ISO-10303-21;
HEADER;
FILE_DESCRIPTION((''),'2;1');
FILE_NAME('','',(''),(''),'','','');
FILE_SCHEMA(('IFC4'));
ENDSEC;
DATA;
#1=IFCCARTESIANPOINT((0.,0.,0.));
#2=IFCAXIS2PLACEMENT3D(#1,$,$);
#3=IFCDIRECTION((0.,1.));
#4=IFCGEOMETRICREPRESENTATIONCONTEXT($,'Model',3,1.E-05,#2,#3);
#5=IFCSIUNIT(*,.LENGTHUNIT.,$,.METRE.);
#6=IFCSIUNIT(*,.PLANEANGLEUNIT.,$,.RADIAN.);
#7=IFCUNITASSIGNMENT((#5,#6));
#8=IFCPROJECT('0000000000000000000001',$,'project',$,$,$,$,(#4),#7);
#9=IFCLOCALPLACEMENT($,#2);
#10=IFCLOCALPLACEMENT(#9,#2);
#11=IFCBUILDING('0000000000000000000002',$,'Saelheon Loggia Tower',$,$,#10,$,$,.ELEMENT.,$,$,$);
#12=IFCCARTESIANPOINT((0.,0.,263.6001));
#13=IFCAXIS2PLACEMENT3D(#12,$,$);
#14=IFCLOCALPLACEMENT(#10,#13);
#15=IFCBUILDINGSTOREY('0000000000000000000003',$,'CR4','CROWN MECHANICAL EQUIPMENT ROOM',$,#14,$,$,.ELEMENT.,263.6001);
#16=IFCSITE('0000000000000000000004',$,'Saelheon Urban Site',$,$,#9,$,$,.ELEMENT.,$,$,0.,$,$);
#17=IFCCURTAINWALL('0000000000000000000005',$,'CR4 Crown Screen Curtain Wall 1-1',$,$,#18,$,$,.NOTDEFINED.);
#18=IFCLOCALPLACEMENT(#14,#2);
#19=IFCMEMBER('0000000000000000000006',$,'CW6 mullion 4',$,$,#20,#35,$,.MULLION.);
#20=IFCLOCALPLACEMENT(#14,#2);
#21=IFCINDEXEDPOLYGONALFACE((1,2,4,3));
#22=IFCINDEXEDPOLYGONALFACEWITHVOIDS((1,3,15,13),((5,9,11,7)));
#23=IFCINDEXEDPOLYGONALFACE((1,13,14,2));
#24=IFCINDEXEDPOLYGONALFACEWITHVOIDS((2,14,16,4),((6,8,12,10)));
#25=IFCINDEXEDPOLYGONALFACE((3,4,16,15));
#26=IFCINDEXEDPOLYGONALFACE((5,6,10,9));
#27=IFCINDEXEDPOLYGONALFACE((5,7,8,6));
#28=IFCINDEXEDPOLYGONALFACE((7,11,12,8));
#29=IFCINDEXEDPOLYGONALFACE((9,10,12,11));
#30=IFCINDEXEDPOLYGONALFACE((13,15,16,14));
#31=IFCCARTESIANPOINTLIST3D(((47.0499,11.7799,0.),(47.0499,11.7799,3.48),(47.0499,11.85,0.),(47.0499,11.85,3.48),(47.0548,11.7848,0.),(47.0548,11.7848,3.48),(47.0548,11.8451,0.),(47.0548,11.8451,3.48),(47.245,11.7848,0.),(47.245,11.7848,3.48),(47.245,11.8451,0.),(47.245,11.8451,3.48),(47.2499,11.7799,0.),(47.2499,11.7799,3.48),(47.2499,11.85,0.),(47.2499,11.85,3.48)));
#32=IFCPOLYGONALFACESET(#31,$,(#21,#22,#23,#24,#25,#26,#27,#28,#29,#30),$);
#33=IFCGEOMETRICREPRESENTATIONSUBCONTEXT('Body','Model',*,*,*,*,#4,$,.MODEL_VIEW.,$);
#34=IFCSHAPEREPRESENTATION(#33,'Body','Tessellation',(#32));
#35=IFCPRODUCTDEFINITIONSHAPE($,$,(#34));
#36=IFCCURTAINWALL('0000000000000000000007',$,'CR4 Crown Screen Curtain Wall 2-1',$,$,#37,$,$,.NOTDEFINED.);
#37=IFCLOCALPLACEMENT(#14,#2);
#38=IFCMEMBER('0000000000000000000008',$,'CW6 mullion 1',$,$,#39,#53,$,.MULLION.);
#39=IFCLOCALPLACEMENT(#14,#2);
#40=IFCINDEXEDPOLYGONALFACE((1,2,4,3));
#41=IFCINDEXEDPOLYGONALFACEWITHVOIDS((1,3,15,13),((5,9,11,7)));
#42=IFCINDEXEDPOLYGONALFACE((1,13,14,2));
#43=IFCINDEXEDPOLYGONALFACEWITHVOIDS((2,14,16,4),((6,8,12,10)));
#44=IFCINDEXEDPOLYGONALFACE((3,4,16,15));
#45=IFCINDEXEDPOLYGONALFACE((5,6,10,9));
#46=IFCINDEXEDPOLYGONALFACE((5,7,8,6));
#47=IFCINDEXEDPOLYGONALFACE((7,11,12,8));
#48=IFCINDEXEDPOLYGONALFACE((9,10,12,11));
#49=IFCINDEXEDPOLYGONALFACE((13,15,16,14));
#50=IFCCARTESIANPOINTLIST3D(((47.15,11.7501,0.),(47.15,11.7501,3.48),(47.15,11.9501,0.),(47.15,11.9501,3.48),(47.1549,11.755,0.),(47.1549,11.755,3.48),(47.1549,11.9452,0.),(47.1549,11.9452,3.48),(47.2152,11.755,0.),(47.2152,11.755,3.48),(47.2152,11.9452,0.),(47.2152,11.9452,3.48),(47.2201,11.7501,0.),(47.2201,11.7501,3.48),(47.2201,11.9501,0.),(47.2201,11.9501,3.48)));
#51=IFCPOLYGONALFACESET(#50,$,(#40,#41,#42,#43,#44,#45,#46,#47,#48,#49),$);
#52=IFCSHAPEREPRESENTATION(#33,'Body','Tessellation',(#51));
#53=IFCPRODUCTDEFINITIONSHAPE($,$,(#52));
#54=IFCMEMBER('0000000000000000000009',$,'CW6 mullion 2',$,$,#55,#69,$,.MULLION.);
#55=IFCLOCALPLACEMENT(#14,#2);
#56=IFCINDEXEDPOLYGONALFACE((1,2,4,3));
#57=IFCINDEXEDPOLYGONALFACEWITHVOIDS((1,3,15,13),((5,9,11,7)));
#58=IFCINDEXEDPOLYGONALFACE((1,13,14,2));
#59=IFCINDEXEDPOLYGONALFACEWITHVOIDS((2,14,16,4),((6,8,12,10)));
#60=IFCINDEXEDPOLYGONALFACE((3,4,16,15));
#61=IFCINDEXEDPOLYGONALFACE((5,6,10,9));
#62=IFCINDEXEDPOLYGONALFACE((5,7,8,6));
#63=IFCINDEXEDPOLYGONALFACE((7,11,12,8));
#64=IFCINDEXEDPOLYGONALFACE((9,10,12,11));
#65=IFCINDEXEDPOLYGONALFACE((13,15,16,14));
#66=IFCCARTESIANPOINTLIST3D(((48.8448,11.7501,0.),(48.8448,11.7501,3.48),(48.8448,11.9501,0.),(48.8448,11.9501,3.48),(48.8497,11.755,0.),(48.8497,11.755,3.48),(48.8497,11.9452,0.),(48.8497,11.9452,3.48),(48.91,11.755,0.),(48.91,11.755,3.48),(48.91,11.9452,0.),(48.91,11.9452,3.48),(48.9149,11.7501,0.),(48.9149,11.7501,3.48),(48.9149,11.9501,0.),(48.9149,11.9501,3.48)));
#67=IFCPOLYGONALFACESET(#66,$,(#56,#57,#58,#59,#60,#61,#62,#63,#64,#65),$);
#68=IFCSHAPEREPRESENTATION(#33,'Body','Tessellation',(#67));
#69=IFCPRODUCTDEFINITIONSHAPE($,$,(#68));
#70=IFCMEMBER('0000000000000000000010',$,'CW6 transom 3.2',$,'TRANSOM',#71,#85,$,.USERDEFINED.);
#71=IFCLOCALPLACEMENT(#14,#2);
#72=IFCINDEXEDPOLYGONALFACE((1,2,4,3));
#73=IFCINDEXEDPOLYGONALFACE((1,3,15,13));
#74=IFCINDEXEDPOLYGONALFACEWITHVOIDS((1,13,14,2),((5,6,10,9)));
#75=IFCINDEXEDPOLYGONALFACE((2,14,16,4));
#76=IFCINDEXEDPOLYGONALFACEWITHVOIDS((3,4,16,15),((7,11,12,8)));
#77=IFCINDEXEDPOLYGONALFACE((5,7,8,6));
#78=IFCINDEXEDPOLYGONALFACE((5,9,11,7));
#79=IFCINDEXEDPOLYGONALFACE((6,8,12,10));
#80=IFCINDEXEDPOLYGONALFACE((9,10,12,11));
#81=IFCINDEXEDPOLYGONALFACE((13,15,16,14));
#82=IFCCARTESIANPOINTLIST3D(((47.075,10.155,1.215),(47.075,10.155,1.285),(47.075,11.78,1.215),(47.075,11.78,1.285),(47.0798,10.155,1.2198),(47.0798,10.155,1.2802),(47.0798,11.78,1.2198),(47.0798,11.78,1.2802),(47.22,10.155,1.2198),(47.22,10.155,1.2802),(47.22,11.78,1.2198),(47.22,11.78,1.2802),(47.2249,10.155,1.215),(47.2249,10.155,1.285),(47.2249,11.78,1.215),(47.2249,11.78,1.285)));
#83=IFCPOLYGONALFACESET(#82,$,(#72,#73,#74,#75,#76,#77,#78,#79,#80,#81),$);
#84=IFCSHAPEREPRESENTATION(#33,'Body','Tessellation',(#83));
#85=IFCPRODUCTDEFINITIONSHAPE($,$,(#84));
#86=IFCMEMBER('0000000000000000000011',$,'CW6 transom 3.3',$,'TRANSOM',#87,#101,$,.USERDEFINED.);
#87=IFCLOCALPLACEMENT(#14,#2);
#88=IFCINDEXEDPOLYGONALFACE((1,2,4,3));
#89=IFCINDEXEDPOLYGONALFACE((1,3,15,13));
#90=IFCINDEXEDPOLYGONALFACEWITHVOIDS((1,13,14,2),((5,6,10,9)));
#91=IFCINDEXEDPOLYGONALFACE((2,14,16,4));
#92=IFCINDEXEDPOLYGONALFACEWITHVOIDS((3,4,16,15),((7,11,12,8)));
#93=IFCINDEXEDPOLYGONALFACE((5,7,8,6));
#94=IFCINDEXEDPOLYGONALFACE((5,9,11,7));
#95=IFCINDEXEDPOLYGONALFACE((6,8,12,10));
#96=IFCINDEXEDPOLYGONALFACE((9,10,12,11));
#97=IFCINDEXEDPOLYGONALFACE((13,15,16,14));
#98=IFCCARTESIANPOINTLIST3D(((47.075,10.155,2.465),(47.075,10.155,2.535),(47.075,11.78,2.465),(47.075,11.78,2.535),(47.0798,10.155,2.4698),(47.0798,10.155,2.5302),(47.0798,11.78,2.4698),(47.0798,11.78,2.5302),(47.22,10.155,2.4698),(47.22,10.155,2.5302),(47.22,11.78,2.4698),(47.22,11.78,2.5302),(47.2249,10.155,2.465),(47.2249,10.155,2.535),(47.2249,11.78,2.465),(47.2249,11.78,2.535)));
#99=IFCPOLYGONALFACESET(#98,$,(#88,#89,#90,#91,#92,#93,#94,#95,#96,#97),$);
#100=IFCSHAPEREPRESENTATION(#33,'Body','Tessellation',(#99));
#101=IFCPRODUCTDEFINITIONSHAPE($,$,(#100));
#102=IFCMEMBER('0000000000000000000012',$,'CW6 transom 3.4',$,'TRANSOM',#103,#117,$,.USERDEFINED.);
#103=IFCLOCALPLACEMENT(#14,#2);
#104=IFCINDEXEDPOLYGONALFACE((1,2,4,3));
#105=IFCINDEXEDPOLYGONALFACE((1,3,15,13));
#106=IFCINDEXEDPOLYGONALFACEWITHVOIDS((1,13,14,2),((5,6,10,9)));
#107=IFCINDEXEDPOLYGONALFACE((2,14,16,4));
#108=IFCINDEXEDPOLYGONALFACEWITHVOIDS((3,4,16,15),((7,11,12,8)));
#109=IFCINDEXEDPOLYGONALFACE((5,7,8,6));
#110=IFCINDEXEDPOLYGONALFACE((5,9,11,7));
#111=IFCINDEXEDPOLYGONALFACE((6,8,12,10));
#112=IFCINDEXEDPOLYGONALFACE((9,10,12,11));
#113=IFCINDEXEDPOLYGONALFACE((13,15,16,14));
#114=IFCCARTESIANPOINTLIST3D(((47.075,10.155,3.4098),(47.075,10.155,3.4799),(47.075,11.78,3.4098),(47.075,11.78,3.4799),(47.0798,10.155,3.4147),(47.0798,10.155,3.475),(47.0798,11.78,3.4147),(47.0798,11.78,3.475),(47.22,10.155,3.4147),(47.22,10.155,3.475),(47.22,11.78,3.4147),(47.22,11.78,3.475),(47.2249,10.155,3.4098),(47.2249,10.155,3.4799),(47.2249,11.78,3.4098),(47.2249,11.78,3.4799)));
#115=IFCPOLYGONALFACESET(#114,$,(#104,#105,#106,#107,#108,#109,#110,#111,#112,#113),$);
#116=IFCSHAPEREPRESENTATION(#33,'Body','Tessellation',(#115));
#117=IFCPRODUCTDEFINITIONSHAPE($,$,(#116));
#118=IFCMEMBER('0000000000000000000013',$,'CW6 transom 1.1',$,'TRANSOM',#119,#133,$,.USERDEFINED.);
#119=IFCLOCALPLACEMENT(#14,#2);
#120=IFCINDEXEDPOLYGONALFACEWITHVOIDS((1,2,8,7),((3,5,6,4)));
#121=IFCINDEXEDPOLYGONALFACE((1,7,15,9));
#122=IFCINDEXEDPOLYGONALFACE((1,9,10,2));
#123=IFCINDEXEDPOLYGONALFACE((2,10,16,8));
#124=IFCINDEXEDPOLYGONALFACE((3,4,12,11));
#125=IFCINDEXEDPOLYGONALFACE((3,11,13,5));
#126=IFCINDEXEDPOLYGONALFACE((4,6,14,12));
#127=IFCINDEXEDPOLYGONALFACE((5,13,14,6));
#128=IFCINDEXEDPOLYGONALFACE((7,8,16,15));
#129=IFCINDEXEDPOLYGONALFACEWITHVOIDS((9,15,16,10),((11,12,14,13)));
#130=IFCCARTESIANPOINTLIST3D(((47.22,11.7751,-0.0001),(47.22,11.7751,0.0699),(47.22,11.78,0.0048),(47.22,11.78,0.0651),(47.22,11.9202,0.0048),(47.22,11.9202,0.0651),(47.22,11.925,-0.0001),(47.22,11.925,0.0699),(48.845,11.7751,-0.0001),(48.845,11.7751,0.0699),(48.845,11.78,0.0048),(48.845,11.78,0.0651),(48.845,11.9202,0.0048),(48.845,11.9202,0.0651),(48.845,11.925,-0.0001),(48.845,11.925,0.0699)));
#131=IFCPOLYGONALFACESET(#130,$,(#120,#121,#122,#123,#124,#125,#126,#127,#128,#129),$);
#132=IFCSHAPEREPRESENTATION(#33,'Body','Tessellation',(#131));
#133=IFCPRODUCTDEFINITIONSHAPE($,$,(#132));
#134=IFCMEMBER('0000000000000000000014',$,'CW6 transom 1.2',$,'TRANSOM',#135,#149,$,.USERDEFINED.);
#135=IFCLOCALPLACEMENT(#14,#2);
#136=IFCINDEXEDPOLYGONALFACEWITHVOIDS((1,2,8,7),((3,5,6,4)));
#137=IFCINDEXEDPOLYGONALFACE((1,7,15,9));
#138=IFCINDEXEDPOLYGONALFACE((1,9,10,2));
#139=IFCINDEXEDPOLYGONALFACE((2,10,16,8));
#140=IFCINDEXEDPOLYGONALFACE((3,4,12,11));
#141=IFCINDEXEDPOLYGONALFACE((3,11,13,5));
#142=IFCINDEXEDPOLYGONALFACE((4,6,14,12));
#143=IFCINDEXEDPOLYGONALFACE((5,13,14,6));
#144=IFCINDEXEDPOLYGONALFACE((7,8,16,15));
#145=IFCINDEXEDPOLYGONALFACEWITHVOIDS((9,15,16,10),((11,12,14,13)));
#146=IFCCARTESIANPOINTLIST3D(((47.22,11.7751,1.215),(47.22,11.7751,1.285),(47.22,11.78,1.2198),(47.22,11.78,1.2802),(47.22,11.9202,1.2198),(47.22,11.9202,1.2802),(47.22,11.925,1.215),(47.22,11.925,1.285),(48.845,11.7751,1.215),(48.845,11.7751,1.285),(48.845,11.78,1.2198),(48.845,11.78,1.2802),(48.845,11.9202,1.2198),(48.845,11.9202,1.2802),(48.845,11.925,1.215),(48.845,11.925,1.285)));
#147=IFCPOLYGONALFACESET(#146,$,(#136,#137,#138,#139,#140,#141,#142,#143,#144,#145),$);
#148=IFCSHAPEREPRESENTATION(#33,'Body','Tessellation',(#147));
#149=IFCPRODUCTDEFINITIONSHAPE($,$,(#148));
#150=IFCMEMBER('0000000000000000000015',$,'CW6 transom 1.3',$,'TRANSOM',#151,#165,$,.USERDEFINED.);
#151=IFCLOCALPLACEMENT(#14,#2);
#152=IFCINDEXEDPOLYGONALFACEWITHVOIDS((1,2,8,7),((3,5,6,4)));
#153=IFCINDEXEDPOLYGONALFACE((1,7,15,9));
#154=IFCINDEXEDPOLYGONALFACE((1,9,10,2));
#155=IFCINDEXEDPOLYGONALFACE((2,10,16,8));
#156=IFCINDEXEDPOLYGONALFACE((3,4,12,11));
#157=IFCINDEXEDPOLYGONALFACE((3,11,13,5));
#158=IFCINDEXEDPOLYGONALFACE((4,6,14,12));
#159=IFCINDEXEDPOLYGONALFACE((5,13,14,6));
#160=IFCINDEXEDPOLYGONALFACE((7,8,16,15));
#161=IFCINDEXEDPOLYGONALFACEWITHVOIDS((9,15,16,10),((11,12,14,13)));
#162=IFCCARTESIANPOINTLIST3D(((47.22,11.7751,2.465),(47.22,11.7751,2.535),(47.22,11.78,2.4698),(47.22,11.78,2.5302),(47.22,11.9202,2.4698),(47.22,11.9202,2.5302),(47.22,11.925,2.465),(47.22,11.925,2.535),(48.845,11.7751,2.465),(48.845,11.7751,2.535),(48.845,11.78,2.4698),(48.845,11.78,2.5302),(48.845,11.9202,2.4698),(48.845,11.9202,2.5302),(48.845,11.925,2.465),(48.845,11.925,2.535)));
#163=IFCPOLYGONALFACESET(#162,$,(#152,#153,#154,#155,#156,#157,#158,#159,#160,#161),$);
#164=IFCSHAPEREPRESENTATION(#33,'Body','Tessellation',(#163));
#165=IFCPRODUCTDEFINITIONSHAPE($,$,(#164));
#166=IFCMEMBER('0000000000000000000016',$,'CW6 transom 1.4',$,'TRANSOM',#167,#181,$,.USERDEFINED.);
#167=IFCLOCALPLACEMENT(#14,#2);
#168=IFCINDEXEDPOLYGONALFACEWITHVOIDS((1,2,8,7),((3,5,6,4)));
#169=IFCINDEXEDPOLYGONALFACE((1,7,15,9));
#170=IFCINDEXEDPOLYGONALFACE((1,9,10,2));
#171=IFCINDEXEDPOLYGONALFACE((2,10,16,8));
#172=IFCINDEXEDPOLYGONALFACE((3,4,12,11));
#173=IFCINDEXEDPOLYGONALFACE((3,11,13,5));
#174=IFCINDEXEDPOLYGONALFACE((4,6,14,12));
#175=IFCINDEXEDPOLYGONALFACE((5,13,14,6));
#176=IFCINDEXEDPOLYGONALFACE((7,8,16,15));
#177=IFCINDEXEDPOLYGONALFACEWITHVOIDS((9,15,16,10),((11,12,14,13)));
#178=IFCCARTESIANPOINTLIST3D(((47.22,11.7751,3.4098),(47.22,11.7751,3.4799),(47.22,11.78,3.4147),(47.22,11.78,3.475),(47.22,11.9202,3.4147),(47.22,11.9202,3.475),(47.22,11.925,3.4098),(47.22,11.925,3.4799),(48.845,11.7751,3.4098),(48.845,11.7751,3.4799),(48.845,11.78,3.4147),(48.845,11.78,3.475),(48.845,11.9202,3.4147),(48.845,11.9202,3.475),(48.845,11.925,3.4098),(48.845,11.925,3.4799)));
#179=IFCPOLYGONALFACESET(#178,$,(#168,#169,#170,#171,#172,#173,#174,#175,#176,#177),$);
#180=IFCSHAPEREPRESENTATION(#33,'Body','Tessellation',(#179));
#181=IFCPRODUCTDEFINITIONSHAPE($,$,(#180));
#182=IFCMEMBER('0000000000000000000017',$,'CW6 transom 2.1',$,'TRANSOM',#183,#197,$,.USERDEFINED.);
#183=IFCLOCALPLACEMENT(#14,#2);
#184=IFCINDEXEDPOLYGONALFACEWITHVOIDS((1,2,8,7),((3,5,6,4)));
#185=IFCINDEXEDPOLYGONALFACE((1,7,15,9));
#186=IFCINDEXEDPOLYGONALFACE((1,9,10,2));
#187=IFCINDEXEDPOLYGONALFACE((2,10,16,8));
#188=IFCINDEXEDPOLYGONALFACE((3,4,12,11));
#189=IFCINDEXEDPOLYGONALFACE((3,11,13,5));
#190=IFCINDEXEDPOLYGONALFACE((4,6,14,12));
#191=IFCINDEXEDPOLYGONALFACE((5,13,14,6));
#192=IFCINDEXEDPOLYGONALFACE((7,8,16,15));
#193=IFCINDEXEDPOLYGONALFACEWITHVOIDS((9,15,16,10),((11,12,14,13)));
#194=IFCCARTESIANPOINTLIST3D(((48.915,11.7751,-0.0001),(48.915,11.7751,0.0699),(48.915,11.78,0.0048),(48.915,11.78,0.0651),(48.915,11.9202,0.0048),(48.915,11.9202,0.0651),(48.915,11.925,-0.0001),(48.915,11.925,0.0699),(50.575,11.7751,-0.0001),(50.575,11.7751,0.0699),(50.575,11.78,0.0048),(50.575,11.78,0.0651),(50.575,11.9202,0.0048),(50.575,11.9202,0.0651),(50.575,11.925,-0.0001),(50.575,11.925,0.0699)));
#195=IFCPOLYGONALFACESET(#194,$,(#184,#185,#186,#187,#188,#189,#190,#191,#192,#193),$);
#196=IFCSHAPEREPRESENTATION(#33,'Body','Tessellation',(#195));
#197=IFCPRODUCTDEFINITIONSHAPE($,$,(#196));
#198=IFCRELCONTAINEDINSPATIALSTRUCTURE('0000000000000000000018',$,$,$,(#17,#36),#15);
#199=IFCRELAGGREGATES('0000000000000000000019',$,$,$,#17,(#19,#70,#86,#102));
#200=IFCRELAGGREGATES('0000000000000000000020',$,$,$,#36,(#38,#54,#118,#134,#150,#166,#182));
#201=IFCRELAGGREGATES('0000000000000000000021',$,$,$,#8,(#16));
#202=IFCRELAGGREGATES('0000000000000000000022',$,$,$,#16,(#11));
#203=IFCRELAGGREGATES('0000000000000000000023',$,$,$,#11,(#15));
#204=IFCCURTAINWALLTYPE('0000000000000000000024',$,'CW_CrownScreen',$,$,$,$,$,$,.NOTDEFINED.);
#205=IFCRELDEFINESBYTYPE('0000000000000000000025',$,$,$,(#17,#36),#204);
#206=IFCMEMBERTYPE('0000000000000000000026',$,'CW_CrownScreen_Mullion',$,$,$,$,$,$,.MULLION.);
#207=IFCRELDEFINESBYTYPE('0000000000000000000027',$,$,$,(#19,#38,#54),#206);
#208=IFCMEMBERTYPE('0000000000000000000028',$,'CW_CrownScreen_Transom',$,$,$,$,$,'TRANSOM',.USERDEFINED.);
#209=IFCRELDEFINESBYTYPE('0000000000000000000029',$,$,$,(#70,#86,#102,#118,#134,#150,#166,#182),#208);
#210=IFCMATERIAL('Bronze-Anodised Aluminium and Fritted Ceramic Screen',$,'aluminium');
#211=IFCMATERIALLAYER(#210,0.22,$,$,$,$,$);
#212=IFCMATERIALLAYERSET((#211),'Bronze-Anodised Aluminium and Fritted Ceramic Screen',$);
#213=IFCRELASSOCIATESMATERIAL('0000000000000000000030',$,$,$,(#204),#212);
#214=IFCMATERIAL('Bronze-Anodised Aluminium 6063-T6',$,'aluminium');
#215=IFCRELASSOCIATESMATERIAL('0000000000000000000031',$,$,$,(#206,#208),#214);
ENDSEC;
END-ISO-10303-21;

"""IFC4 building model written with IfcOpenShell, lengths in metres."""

from ifc_helpers import new_model, si_unit, direction, frame, origin, origin_2d, place, context, subcontext, project, spatial, hollow_rectangle, extrude, source, transform, mapped, material, layer, layer_set, material_profile, profile_set, type_object, element, aggregate, save


model = new_model("IFC4")

# Units and contexts
model_context = context("Model", 3, precision=1e-05, world=origin(), true_north=direction((0.0, 1.0)))
body_context = subcontext(model_context, "Body", "Model", "MODEL_VIEW")
ifc_project = project(units=[si_unit("LENGTHUNIT", "METRE"), si_unit("PLANEANGLEUNIT", "RADIAN")], contexts=[model_context])

# Site, building, storey
site_placement = place(None, origin())
site = spatial("IfcSite", under=ifc_project, at=site_placement, Name="Saelheon Urban Site", CompositionType="ELEMENT", RefElevation=0.0)
building_placement = place(site_placement, origin())
building = spatial("IfcBuilding", under=site, at=building_placement, Name="Saelheon Loggia Tower", CompositionType="ELEMENT")
storey_placement = place(building_placement, frame((0.0, 0.0, 263.6001)))
storey = spatial("IfcBuildingStorey", under=building, at=storey_placement, Name="CR4", Description="CROWN MECHANICAL EQUIPMENT ROOM", CompositionType="ELEMENT", Elevation=263.6001)

# Curtain wall, member
ifc_material_1 = material(Name="Bronze-Anodised Aluminium and Fritted Ceramic Screen", Category="aluminium")
ifc_layer_1 = layer(ifc_material_1, 0.22)
ifc_layer_set_1 = layer_set([ifc_layer_1], Name="Bronze-Anodised Aluminium and Fritted Ceramic Screen")
curtain_wall_type = type_object("IfcCurtainWallType", Name="CW_CrownScreen", PredefinedType="NOTDEFINED", material=ifc_layer_set_1)
curtain_wall_1_placement = place(storey_placement, origin())
curtain_wall_1 = element("IfcCurtainWall", 1, at=curtain_wall_1_placement, inside=storey, type_object=curtain_wall_type, Name="CR4 Crown Screen Curtain Wall 1-1", PredefinedType="NOTDEFINED")
ifc_material_2 = material(Name="Bronze-Anodised Aluminium 6063-T6", Category="aluminium")
ifc_material_profile_1 = material_profile(ifc_material_2, hollow_rectangle(XDim=0.0701, YDim=0.2, WallThickness=0.0049, at=origin_2d()), Name="RHS-200x70x5")
ifc_profile_set_1 = profile_set([ifc_material_profile_1], Name="Bronze-Anodised Aluminium 6063-T6")
member_type_1 = type_object("IfcMemberType", Name="CW_CrownScreen_Mullion", PredefinedType="MULLION", material=ifc_profile_set_1)
shared_shape_1 = source(origin(), body_context, "Body", "SweptSolid", [
    extrude(hollow_rectangle(XDim=0.0701, YDim=0.2, WallThickness=0.0049, at=origin_2d()), origin(), (0.0, 0.0, 1.0), 3.48),
])
member_1_placement = place(storey_placement, frame((47.1499, 11.8149, 0.0), z_axis=(0.0, 0.0, 1.0), x_axis=(0.0, 1.0, 0.0)))
member_1 = element("IfcMember", 2, at=member_1_placement, type_object=member_type_1, Name="CW6 mullion 4", PredefinedType="MULLION", context=body_context, shape_type="MappedRepresentation", body=[
    mapped(shared_shape_1, transform((0.0, 0.0, 0.0), scale=1.0)),
])

# Curtain wall, members
curtain_wall_2_placement = place(storey_placement, origin())
curtain_wall_2 = element("IfcCurtainWall", 3, at=curtain_wall_2_placement, inside=storey, type_object=curtain_wall_type, Name="CR4 Crown Screen Curtain Wall 2-1", PredefinedType="NOTDEFINED")
member_2_placement = place(storey_placement, frame((47.1851, 11.8501, 0.0), z_axis=(0.0, 0.0, 1.0), x_axis=(1.0, 0.0, 0.0)))
member_2 = element("IfcMember", 4, at=member_2_placement, type_object=member_type_1, Name="CW6 mullion 1", PredefinedType="MULLION", context=body_context, shape_type="MappedRepresentation", body=[
    mapped(shared_shape_1, transform((0.0, 0.0, 0.0), scale=1.0)),
])
member_3_placement = place(storey_placement, frame((48.8799, 11.8501, 0.0), z_axis=(0.0, 0.0, 1.0), x_axis=(1.0, 0.0, 0.0)))
member_3 = element("IfcMember", 5, at=member_3_placement, type_object=member_type_1, Name="CW6 mullion 2", PredefinedType="MULLION", context=body_context, shape_type="MappedRepresentation", body=[
    mapped(shared_shape_1, transform((0.0, 0.0, 0.0), scale=1.0)),
])

# Members
ifc_material_profile_2 = material_profile(ifc_material_2, hollow_rectangle(XDim=0.0701, YDim=0.1499, WallThickness=0.0049, at=origin_2d()), Name="RHS-150x70x5")
ifc_profile_set_2 = profile_set([ifc_material_profile_2], Name="Bronze-Anodised Aluminium 6063-T6")
member_type_2 = type_object("IfcMemberType", Name="CW_CrownScreen_Transom", ElementType="TRANSOM", PredefinedType="USERDEFINED", material=ifc_profile_set_2)
shared_shape_2 = source(origin(), body_context, "Body", "SweptSolid", [
    extrude(hollow_rectangle(XDim=0.0701, YDim=0.1499, WallThickness=0.0049, at=origin_2d()), origin(), (0.0, 0.0, 1.0), 1.625),
])
member_4_placement = place(storey_placement, frame((47.1499, 10.155, 1.25), z_axis=(0.0, 1.0, 0.0), x_axis=(0.0, 0.0, 1.0)))
member_4 = element("IfcMember", 6, at=member_4_placement, type_object=member_type_2, Name="CW6 transom 3.2", ObjectType="TRANSOM", PredefinedType="USERDEFINED", context=body_context, shape_type="MappedRepresentation", body=[
    mapped(shared_shape_2, transform((0.0, 0.0, 0.0), scale=1.0)),
])
member_5_placement = place(storey_placement, frame((47.1499, 10.155, 2.5), z_axis=(0.0, 1.0, 0.0), x_axis=(0.0, 0.0, 1.0)))
member_5 = element("IfcMember", 7, at=member_5_placement, type_object=member_type_2, Name="CW6 transom 3.3", ObjectType="TRANSOM", PredefinedType="USERDEFINED", context=body_context, shape_type="MappedRepresentation", body=[
    mapped(shared_shape_2, transform((0.0, 0.0, 0.0), scale=1.0)),
])
member_6_placement = place(storey_placement, frame((47.1499, 10.155, 3.4448), z_axis=(0.0, 1.0, 0.0), x_axis=(0.0, 0.0, 1.0)))
member_6 = element("IfcMember", 8, at=member_6_placement, type_object=member_type_2, Name="CW6 transom 3.4", ObjectType="TRANSOM", PredefinedType="USERDEFINED", context=body_context, shape_type="MappedRepresentation", body=[
    mapped(shared_shape_2, transform((0.0, 0.0, 0.0), scale=1.0)),
])
member_7_placement = place(storey_placement, frame((47.22, 11.8501, 0.0349), z_axis=(1.0, 0.0, 0.0), x_axis=(0.0, 0.0, 1.0)))
member_7 = element("IfcMember", 9, at=member_7_placement, type_object=member_type_2, Name="CW6 transom 1.1", ObjectType="TRANSOM", PredefinedType="USERDEFINED", context=body_context, shape_type="MappedRepresentation", body=[
    mapped(shared_shape_2, transform((0.0, 0.0, 0.0), scale=1.0)),
])
member_8_placement = place(storey_placement, frame((47.22, 11.8501, 1.25), z_axis=(1.0, 0.0, 0.0), x_axis=(0.0, 0.0, 1.0)))
member_8 = element("IfcMember", 10, at=member_8_placement, type_object=member_type_2, Name="CW6 transom 1.2", ObjectType="TRANSOM", PredefinedType="USERDEFINED", context=body_context, shape_type="MappedRepresentation", body=[
    mapped(shared_shape_2, transform((0.0, 0.0, 0.0), scale=1.0)),
])
member_9_placement = place(storey_placement, frame((47.22, 11.8501, 2.5), z_axis=(1.0, 0.0, 0.0), x_axis=(0.0, 0.0, 1.0)))
member_9 = element("IfcMember", 11, at=member_9_placement, type_object=member_type_2, Name="CW6 transom 1.3", ObjectType="TRANSOM", PredefinedType="USERDEFINED", context=body_context, shape_type="MappedRepresentation", body=[
    mapped(shared_shape_2, transform((0.0, 0.0, 0.0), scale=1.0)),
])
member_10_placement = place(storey_placement, frame((47.22, 11.8501, 3.4448), z_axis=(1.0, 0.0, 0.0), x_axis=(0.0, 0.0, 1.0)))
member_10 = element("IfcMember", 12, at=member_10_placement, type_object=member_type_2, Name="CW6 transom 1.4", ObjectType="TRANSOM", PredefinedType="USERDEFINED", context=body_context, shape_type="MappedRepresentation", body=[
    mapped(shared_shape_2, transform((0.0, 0.0, 0.0), scale=1.0)),
])
shared_shape_3 = source(origin(), body_context, "Body", "SweptSolid", [
    extrude(hollow_rectangle(XDim=0.0701, YDim=0.1499, WallThickness=0.0049, at=origin_2d()), origin(), (0.0, 0.0, 1.0), 1.6599),
])
member_11_placement = place(storey_placement, frame((48.915, 11.8501, 0.0349), z_axis=(1.0, 0.0, 0.0), x_axis=(0.0, 0.0, 1.0)))
member_11 = element("IfcMember", 13, at=member_11_placement, type_object=member_type_2, Name="CW6 transom 2.1", ObjectType="TRANSOM", PredefinedType="USERDEFINED", context=body_context, shape_type="MappedRepresentation", body=[
    mapped(shared_shape_3, transform((0.0, 0.0, 0.0), scale=1.0)),
])

aggregate(curtain_wall_1, [member_1, member_4, member_5, member_6])
aggregate(curtain_wall_2, [member_2, member_3, member_7, member_8, member_9, member_10, member_11])

save(model, "model.ifc")
